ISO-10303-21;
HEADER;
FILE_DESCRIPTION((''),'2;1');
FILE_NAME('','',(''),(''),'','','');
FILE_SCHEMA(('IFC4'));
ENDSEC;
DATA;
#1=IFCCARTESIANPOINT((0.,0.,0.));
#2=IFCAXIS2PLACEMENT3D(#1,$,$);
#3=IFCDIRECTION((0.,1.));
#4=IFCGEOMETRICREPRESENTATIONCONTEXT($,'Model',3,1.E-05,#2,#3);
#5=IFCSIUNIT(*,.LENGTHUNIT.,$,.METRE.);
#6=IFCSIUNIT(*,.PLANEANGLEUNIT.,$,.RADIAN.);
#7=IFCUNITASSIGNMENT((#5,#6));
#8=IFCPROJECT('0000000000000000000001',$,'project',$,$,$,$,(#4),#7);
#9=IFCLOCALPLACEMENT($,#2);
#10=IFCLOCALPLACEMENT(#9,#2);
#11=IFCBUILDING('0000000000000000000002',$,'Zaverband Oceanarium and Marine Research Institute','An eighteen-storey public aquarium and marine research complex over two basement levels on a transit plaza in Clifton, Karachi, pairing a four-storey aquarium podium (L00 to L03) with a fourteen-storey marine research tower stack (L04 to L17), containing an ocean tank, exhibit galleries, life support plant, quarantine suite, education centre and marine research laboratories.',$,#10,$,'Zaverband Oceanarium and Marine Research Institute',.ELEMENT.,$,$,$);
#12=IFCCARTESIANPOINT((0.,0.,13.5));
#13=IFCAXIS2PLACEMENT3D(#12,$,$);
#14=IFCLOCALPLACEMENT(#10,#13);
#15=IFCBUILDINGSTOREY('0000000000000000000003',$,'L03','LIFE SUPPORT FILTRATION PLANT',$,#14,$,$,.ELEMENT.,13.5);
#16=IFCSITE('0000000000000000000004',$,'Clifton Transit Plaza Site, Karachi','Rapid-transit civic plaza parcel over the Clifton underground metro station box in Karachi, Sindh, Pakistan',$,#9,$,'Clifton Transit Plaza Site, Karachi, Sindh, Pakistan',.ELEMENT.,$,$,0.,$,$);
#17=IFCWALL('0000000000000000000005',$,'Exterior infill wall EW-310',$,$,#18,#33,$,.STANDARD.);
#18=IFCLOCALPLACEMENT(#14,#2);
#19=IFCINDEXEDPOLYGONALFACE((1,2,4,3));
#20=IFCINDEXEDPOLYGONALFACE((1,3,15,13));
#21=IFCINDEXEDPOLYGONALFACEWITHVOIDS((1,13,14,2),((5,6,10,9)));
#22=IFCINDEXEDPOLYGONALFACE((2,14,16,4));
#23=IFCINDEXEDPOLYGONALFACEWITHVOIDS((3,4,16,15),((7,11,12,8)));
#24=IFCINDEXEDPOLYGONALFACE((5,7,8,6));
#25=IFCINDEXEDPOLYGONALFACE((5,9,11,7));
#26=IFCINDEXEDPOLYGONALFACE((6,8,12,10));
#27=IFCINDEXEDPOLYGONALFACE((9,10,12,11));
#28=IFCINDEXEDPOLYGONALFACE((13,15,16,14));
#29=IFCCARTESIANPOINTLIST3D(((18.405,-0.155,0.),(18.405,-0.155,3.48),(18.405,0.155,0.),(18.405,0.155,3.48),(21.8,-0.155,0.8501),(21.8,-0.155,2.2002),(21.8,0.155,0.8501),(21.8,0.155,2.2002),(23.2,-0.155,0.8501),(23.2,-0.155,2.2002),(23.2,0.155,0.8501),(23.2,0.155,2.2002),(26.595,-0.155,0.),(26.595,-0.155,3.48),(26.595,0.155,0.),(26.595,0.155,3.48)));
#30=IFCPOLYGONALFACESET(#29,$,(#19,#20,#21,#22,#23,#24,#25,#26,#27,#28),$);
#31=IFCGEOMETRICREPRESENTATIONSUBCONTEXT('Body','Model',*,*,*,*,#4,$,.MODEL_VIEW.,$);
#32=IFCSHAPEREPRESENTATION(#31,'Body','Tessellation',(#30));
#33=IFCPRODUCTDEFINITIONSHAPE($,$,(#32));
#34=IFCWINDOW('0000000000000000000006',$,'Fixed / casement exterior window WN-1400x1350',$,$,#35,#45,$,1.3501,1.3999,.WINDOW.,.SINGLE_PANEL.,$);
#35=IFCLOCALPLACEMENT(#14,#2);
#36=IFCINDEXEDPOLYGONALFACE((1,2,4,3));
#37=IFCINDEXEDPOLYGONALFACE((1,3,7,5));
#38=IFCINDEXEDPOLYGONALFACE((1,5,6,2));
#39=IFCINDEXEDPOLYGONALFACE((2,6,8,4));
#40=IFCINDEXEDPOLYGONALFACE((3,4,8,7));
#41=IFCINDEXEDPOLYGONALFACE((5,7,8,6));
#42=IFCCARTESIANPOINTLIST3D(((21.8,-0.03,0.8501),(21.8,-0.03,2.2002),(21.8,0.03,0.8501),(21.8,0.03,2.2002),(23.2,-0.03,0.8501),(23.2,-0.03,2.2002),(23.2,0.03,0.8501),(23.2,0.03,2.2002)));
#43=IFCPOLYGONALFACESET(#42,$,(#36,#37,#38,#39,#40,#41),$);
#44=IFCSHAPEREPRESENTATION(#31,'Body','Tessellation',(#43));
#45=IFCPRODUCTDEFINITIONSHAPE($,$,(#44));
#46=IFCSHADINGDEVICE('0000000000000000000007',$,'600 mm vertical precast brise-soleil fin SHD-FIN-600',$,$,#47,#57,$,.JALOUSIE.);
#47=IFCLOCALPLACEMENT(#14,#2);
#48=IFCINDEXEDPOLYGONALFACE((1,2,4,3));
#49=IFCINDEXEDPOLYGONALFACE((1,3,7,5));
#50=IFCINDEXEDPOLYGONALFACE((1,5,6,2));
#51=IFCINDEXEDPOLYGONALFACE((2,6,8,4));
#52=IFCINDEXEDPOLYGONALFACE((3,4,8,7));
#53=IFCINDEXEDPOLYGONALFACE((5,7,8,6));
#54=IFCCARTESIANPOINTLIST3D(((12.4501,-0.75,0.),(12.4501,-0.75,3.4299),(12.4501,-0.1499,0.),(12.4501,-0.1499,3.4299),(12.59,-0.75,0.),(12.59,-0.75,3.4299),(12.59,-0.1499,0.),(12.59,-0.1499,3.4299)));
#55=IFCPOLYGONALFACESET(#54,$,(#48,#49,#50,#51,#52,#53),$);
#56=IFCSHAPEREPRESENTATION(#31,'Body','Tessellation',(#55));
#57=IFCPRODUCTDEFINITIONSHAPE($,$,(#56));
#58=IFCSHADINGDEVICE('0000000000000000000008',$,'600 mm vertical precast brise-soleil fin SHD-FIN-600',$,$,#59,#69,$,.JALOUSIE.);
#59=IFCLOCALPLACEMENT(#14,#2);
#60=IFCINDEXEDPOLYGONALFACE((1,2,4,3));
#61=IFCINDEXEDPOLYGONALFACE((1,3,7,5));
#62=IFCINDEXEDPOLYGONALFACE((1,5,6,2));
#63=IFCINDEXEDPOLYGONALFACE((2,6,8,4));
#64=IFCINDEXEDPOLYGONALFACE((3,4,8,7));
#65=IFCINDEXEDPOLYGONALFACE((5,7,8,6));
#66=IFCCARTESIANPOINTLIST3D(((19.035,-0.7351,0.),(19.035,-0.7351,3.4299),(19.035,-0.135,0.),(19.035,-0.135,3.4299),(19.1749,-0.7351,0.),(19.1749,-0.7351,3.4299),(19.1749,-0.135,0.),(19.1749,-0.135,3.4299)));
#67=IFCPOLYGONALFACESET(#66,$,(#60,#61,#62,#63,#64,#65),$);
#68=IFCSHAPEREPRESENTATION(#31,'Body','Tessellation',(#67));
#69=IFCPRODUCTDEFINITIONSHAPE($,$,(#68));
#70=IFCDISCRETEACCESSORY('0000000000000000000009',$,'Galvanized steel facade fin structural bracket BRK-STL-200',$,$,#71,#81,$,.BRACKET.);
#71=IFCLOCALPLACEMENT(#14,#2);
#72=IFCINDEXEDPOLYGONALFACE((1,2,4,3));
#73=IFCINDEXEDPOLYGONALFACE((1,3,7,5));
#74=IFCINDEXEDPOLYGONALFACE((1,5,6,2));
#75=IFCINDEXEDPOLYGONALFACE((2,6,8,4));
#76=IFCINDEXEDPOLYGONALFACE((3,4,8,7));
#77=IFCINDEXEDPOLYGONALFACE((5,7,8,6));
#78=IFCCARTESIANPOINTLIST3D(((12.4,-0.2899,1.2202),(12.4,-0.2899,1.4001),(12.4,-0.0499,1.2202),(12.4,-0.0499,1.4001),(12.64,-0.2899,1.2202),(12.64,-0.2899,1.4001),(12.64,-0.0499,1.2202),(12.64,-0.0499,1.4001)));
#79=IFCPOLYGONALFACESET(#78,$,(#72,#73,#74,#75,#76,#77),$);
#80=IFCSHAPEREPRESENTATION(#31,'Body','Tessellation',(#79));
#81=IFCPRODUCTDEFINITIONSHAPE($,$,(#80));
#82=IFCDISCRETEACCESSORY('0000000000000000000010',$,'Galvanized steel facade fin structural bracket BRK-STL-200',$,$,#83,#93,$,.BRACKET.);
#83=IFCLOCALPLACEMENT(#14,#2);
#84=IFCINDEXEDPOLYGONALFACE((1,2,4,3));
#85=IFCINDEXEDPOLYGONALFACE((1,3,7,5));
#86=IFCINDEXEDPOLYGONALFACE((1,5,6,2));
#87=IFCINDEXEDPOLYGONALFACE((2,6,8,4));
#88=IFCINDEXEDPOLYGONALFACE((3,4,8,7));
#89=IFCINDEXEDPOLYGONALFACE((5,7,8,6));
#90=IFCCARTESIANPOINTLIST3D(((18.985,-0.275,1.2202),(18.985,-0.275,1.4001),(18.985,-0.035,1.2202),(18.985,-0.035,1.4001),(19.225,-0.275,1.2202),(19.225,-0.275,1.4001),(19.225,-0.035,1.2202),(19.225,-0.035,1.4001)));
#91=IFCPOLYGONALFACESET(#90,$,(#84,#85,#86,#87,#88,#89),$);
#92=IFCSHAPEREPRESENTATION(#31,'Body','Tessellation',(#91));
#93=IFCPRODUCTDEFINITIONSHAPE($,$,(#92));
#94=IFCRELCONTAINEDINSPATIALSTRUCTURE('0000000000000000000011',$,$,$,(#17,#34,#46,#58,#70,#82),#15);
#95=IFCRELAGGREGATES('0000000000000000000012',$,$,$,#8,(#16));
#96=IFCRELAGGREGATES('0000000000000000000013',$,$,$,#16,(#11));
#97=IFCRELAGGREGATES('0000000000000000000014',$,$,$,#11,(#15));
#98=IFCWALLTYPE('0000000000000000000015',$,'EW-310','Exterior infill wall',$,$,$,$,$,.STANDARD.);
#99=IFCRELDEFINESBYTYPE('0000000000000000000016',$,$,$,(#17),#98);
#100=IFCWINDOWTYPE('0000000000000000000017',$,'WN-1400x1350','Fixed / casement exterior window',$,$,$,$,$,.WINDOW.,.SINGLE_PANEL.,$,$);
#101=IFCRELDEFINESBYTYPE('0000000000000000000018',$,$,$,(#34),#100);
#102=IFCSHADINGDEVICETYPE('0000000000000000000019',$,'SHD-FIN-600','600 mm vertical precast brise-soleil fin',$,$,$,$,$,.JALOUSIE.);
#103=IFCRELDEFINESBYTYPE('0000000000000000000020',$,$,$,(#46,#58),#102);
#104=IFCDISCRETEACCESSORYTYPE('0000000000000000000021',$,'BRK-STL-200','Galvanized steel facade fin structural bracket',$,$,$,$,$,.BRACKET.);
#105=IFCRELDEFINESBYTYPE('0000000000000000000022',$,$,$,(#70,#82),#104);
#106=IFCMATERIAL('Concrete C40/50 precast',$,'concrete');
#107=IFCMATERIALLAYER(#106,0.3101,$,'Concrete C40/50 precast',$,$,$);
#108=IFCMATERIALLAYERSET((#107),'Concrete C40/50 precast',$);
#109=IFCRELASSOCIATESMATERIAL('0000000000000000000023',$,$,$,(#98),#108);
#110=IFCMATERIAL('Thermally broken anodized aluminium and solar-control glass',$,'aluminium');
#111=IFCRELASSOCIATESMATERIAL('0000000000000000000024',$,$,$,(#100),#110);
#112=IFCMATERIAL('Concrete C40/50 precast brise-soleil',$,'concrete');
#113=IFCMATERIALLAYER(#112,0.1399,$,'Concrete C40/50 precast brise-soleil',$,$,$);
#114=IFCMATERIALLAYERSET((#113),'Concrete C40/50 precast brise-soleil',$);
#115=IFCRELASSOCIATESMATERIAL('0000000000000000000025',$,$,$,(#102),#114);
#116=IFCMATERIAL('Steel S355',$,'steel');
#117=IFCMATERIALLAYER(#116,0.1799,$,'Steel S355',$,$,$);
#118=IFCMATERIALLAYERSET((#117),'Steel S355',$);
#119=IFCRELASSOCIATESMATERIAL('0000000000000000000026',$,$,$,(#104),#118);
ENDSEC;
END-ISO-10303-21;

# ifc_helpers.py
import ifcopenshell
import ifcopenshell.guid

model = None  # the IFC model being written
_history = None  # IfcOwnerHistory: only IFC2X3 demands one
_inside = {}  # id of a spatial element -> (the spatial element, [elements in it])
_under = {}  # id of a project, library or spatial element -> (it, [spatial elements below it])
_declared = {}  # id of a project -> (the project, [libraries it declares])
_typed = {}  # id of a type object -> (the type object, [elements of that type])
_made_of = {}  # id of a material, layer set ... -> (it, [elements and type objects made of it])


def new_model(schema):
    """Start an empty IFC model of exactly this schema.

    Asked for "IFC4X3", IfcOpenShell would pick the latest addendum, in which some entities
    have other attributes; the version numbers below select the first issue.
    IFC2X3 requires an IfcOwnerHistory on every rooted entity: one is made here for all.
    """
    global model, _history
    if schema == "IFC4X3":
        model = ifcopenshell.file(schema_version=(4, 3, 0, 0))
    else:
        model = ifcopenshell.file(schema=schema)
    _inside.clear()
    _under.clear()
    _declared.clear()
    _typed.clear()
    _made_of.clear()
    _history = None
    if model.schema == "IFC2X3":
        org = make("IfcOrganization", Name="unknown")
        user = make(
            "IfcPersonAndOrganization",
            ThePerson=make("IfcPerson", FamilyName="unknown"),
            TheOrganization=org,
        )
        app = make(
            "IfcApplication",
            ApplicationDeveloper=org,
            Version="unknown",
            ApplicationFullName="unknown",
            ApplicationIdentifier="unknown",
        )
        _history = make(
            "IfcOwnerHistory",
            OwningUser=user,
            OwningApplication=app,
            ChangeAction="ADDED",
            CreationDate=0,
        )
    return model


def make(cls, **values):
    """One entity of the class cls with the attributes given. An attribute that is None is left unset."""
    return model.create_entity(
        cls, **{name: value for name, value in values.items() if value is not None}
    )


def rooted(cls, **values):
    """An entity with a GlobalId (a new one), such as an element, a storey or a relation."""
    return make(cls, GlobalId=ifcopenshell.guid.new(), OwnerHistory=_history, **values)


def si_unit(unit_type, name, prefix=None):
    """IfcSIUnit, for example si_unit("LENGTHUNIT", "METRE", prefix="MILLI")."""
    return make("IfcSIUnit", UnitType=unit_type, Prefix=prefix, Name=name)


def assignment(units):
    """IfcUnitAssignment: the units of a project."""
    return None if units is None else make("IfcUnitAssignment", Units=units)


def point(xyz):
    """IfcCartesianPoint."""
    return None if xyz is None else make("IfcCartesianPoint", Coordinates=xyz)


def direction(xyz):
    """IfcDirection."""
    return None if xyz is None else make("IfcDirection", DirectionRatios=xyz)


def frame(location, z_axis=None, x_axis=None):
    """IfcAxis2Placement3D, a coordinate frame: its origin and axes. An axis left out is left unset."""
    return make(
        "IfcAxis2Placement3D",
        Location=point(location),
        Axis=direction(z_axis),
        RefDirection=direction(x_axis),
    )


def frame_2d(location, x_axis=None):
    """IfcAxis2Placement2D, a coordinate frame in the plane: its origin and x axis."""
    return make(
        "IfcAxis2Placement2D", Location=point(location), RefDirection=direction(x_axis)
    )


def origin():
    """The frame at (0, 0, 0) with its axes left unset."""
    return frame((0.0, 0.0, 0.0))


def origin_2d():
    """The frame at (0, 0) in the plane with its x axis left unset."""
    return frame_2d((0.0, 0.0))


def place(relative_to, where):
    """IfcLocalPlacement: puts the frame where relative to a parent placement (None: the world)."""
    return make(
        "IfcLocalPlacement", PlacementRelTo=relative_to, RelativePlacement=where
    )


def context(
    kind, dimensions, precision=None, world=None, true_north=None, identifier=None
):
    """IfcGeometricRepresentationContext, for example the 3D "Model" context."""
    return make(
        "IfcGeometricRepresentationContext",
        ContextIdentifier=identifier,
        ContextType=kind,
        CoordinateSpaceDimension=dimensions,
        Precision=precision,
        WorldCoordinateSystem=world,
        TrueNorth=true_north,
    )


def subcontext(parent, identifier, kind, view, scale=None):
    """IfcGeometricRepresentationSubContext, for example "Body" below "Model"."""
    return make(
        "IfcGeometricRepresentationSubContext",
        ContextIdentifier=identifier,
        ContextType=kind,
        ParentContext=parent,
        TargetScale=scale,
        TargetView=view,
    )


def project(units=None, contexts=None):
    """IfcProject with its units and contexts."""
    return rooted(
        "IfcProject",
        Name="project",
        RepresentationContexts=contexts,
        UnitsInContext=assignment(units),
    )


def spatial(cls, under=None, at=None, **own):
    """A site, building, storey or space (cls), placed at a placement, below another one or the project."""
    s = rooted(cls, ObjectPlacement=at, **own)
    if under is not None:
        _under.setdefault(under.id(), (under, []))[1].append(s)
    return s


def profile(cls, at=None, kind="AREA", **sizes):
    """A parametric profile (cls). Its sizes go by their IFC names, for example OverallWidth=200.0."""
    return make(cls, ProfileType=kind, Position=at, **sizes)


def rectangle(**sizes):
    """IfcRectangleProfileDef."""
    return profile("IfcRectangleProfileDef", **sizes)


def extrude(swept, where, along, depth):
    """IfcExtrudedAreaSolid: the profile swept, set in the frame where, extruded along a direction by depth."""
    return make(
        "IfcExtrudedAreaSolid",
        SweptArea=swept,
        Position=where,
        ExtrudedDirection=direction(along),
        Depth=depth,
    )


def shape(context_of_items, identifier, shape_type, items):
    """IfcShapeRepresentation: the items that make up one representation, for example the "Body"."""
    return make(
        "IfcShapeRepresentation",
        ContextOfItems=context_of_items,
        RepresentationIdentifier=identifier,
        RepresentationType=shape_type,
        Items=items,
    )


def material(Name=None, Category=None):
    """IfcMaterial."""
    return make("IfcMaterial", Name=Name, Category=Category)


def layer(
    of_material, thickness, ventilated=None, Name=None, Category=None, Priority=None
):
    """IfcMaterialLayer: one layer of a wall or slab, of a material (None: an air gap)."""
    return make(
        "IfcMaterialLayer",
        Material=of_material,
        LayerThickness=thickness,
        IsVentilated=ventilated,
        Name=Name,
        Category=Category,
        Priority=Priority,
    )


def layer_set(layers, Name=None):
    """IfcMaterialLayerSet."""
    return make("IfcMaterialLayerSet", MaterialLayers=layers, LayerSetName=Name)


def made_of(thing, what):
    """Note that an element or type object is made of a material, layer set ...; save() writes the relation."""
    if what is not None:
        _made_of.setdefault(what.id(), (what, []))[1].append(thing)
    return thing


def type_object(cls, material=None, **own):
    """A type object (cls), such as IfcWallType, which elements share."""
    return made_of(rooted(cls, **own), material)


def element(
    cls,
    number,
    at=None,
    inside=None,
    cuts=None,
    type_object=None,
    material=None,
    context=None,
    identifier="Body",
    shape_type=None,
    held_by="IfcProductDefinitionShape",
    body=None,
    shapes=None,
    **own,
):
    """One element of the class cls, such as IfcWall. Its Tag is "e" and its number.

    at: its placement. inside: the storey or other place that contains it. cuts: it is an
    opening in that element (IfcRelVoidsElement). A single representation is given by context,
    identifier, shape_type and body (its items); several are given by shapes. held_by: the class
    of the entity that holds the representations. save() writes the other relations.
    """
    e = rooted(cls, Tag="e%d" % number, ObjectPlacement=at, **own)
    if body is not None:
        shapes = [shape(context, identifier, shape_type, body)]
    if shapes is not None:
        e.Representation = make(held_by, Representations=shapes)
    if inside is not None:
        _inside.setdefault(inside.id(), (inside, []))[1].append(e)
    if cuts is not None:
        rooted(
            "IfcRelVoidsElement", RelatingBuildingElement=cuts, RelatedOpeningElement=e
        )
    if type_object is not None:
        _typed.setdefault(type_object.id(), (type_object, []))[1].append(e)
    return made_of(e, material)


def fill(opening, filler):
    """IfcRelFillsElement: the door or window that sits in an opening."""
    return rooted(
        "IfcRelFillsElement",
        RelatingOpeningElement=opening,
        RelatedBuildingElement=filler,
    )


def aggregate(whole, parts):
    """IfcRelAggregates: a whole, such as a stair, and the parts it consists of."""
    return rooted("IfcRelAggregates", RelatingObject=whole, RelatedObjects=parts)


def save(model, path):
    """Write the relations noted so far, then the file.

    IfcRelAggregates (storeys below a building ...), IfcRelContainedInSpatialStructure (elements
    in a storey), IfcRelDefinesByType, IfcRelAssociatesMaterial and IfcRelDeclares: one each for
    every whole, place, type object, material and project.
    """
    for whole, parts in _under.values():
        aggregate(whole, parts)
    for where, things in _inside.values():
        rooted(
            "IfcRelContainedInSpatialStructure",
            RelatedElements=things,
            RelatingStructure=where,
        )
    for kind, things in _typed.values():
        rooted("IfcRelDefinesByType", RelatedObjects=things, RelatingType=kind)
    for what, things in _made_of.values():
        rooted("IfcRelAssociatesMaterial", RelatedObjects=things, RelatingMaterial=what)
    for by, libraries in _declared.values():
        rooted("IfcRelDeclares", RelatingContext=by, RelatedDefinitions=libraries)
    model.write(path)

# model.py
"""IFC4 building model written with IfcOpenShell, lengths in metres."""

from ifc_helpers import new_model, si_unit, direction, frame, frame_2d, origin, origin_2d, place, context, subcontext, project, spatial, rectangle, extrude, material, layer, layer_set, type_object, element, fill, save


model = new_model("IFC4")

# Units and contexts
model_context = context("Model", 3, precision=1e-05, world=origin(), true_north=direction((0.0, 1.0)))
body_context = subcontext(model_context, "Body", "Model", "MODEL_VIEW")
ifc_project = project(units=[si_unit("LENGTHUNIT", "METRE"), si_unit("PLANEANGLEUNIT", "RADIAN")], contexts=[model_context])

# Site, building, storey
site_placement = place(None, origin())
site = spatial("IfcSite", under=ifc_project, at=site_placement, Name="Clifton Transit Plaza Site, Karachi", Description="Rapid-transit civic plaza parcel over the Clifton underground metro station box in Karachi, Sindh, Pakistan", LongName="Clifton Transit Plaza Site, Karachi, Sindh, Pakistan", CompositionType="ELEMENT", RefElevation=0.0)
building_placement = place(site_placement, origin())
building = spatial("IfcBuilding", under=site, at=building_placement, Name="Zaverband Oceanarium and Marine Research Institute", Description="An eighteen-storey public aquarium and marine research complex over two basement levels on a transit plaza in Clifton, Karachi, pairing a four-storey aquarium podium (L00 to L03) with a fourteen-storey marine research tower stack (L04 to L17), containing an ocean tank, exhibit galleries, life support plant, quarantine suite, education centre and marine research laboratories.", LongName="Zaverband Oceanarium and Marine Research Institute", CompositionType="ELEMENT")
storey_placement = place(building_placement, frame((0.0, 0.0, 13.5)))
storey = spatial("IfcBuildingStorey", under=building, at=storey_placement, Name="L03", Description="LIFE SUPPORT FILTRATION PLANT", CompositionType="ELEMENT", Elevation=13.5)

# Wall, opening, window
ifc_material_1 = material(Name="Concrete C40/50 precast", Category="concrete")
ifc_layer_1 = layer(ifc_material_1, 0.3101, Name="Concrete C40/50 precast")
ifc_layer_set_1 = layer_set([ifc_layer_1], Name="Concrete C40/50 precast")
wall_type = type_object("IfcWallType", Name="EW-310", Description="Exterior infill wall", PredefinedType="STANDARD", material=ifc_layer_set_1)
wall_placement = place(storey_placement, frame((18.405, 0.0, 0.0), z_axis=(0.0, 0.0, 1.0), x_axis=(1.0, 0.0, 0.0)))
wall = element("IfcWall", 1, at=wall_placement, inside=storey, type_object=wall_type, Name="Exterior infill wall EW-310", PredefinedType="STANDARD", context=body_context, shape_type="SweptSolid", body=[
    extrude(rectangle(XDim=8.1899, YDim=0.3101, at=frame_2d((4.095, 0.0))), origin(), (0.0, 0.0, 1.0), 3.48),
])
opening_placement = place(wall_placement, frame((3.395, 0.0, 0.8501)))
opening = element("IfcOpeningElement", 2, at=opening_placement, cuts=wall, PredefinedType="OPENING", context=body_context, shape_type="SweptSolid", body=[
    extrude(rectangle(XDim=1.3999, YDim=1.3501, at=frame_2d((0.7, 0.675))), frame((0.0, 0.167, 0.0), z_axis=(0.0, -1.0, 0.0), x_axis=(1.0, 0.0, 0.0)), (0.0, 0.0, 1.0), 0.334),
])
ifc_material_2 = material(Name="Thermally broken anodized aluminium and solar-control glass", Category="aluminium")
window_type = type_object("IfcWindowType", Name="WN-1400x1350", Description="Fixed / casement exterior window", PartitioningType="SINGLE_PANEL", PredefinedType="WINDOW", material=ifc_material_2)
window_placement = place(opening_placement, origin())
window = element("IfcWindow", 3, at=window_placement, inside=storey, type_object=window_type, Name="Fixed / casement exterior window WN-1400x1350", OverallHeight=1.3501, OverallWidth=1.3999, PartitioningType="SINGLE_PANEL", PredefinedType="WINDOW", context=body_context, shape_type="SweptSolid", body=[
    extrude(rectangle(XDim=1.3999, YDim=1.3501, at=frame_2d((0.7, 0.675))), frame((0.0, 0.03, 0.0), z_axis=(0.0, -1.0, 0.0), x_axis=(1.0, 0.0, 0.0)), (0.0, 0.0, 1.0), 0.0601),
])
fill(opening, window)

# Shading devices
ifc_material_3 = material(Name="Concrete C40/50 precast brise-soleil", Category="concrete")
ifc_layer_2 = layer(ifc_material_3, 0.1399, Name="Concrete C40/50 precast brise-soleil")
ifc_layer_set_2 = layer_set([ifc_layer_2], Name="Concrete C40/50 precast brise-soleil")
shading_device_type = type_object("IfcShadingDeviceType", Name="SHD-FIN-600", Description="600 mm vertical precast brise-soleil fin", PredefinedType="JALOUSIE", material=ifc_layer_set_2)
for number, where, z_axis, x_axis, name in (
    (4, (12.52, -0.1499, 0.0), (0.0, 0.0, 1.0), (0.0, -1.0, 0.0), "600 mm vertical precast brise-soleil fin SHD-FIN-600"),
    (5, (19.105, -0.135, 0.0), (0.0, 0.0, 1.0), (0.0, -1.0, 0.0), "600 mm vertical precast brise-soleil fin SHD-FIN-600"),
):
    element("IfcShadingDevice", number, at=place(storey_placement, frame(where, z_axis=z_axis, x_axis=x_axis)), inside=storey, type_object=shading_device_type, Name=name, PredefinedType="JALOUSIE", context=body_context, shape_type="SweptSolid", body=[
        extrude(rectangle(XDim=0.6001, YDim=0.1399, at=frame_2d((0.3, 0.0))), origin(), (0.0, 0.0, 1.0), 3.4299),
    ])

# Discrete accessories
ifc_material_4 = material(Name="Steel S355", Category="steel")
ifc_layer_3 = layer(ifc_material_4, 0.1799, Name="Steel S355")
ifc_layer_set_3 = layer_set([ifc_layer_3], Name="Steel S355")
discrete_accessory_type = type_object("IfcDiscreteAccessoryType", Name="BRK-STL-200", Description="Galvanized steel facade fin structural bracket", PredefinedType="BRACKET", material=ifc_layer_set_3)
for number, where, z_axis, x_axis, name in (
    (6, (12.52, -0.1699, 1.2202), (0.0, 0.0, 1.0), (1.0, 0.0, 0.0), "Galvanized steel facade fin structural bracket BRK-STL-200"),
    (7, (19.105, -0.155, 1.2202), (0.0, 0.0, 1.0), (1.0, 0.0, 0.0), "Galvanized steel facade fin structural bracket BRK-STL-200"),
):
    element("IfcDiscreteAccessory", number, at=place(storey_placement, frame(where, z_axis=z_axis, x_axis=x_axis)), inside=storey, type_object=discrete_accessory_type, Name=name, PredefinedType="BRACKET", context=body_context, shape_type="SweptSolid", body=[
        extrude(rectangle(XDim=0.24, YDim=0.24, at=origin_2d()), origin(), (0.0, 0.0, 1.0), 0.1799),
    ])

save(model, "model.ifc")
